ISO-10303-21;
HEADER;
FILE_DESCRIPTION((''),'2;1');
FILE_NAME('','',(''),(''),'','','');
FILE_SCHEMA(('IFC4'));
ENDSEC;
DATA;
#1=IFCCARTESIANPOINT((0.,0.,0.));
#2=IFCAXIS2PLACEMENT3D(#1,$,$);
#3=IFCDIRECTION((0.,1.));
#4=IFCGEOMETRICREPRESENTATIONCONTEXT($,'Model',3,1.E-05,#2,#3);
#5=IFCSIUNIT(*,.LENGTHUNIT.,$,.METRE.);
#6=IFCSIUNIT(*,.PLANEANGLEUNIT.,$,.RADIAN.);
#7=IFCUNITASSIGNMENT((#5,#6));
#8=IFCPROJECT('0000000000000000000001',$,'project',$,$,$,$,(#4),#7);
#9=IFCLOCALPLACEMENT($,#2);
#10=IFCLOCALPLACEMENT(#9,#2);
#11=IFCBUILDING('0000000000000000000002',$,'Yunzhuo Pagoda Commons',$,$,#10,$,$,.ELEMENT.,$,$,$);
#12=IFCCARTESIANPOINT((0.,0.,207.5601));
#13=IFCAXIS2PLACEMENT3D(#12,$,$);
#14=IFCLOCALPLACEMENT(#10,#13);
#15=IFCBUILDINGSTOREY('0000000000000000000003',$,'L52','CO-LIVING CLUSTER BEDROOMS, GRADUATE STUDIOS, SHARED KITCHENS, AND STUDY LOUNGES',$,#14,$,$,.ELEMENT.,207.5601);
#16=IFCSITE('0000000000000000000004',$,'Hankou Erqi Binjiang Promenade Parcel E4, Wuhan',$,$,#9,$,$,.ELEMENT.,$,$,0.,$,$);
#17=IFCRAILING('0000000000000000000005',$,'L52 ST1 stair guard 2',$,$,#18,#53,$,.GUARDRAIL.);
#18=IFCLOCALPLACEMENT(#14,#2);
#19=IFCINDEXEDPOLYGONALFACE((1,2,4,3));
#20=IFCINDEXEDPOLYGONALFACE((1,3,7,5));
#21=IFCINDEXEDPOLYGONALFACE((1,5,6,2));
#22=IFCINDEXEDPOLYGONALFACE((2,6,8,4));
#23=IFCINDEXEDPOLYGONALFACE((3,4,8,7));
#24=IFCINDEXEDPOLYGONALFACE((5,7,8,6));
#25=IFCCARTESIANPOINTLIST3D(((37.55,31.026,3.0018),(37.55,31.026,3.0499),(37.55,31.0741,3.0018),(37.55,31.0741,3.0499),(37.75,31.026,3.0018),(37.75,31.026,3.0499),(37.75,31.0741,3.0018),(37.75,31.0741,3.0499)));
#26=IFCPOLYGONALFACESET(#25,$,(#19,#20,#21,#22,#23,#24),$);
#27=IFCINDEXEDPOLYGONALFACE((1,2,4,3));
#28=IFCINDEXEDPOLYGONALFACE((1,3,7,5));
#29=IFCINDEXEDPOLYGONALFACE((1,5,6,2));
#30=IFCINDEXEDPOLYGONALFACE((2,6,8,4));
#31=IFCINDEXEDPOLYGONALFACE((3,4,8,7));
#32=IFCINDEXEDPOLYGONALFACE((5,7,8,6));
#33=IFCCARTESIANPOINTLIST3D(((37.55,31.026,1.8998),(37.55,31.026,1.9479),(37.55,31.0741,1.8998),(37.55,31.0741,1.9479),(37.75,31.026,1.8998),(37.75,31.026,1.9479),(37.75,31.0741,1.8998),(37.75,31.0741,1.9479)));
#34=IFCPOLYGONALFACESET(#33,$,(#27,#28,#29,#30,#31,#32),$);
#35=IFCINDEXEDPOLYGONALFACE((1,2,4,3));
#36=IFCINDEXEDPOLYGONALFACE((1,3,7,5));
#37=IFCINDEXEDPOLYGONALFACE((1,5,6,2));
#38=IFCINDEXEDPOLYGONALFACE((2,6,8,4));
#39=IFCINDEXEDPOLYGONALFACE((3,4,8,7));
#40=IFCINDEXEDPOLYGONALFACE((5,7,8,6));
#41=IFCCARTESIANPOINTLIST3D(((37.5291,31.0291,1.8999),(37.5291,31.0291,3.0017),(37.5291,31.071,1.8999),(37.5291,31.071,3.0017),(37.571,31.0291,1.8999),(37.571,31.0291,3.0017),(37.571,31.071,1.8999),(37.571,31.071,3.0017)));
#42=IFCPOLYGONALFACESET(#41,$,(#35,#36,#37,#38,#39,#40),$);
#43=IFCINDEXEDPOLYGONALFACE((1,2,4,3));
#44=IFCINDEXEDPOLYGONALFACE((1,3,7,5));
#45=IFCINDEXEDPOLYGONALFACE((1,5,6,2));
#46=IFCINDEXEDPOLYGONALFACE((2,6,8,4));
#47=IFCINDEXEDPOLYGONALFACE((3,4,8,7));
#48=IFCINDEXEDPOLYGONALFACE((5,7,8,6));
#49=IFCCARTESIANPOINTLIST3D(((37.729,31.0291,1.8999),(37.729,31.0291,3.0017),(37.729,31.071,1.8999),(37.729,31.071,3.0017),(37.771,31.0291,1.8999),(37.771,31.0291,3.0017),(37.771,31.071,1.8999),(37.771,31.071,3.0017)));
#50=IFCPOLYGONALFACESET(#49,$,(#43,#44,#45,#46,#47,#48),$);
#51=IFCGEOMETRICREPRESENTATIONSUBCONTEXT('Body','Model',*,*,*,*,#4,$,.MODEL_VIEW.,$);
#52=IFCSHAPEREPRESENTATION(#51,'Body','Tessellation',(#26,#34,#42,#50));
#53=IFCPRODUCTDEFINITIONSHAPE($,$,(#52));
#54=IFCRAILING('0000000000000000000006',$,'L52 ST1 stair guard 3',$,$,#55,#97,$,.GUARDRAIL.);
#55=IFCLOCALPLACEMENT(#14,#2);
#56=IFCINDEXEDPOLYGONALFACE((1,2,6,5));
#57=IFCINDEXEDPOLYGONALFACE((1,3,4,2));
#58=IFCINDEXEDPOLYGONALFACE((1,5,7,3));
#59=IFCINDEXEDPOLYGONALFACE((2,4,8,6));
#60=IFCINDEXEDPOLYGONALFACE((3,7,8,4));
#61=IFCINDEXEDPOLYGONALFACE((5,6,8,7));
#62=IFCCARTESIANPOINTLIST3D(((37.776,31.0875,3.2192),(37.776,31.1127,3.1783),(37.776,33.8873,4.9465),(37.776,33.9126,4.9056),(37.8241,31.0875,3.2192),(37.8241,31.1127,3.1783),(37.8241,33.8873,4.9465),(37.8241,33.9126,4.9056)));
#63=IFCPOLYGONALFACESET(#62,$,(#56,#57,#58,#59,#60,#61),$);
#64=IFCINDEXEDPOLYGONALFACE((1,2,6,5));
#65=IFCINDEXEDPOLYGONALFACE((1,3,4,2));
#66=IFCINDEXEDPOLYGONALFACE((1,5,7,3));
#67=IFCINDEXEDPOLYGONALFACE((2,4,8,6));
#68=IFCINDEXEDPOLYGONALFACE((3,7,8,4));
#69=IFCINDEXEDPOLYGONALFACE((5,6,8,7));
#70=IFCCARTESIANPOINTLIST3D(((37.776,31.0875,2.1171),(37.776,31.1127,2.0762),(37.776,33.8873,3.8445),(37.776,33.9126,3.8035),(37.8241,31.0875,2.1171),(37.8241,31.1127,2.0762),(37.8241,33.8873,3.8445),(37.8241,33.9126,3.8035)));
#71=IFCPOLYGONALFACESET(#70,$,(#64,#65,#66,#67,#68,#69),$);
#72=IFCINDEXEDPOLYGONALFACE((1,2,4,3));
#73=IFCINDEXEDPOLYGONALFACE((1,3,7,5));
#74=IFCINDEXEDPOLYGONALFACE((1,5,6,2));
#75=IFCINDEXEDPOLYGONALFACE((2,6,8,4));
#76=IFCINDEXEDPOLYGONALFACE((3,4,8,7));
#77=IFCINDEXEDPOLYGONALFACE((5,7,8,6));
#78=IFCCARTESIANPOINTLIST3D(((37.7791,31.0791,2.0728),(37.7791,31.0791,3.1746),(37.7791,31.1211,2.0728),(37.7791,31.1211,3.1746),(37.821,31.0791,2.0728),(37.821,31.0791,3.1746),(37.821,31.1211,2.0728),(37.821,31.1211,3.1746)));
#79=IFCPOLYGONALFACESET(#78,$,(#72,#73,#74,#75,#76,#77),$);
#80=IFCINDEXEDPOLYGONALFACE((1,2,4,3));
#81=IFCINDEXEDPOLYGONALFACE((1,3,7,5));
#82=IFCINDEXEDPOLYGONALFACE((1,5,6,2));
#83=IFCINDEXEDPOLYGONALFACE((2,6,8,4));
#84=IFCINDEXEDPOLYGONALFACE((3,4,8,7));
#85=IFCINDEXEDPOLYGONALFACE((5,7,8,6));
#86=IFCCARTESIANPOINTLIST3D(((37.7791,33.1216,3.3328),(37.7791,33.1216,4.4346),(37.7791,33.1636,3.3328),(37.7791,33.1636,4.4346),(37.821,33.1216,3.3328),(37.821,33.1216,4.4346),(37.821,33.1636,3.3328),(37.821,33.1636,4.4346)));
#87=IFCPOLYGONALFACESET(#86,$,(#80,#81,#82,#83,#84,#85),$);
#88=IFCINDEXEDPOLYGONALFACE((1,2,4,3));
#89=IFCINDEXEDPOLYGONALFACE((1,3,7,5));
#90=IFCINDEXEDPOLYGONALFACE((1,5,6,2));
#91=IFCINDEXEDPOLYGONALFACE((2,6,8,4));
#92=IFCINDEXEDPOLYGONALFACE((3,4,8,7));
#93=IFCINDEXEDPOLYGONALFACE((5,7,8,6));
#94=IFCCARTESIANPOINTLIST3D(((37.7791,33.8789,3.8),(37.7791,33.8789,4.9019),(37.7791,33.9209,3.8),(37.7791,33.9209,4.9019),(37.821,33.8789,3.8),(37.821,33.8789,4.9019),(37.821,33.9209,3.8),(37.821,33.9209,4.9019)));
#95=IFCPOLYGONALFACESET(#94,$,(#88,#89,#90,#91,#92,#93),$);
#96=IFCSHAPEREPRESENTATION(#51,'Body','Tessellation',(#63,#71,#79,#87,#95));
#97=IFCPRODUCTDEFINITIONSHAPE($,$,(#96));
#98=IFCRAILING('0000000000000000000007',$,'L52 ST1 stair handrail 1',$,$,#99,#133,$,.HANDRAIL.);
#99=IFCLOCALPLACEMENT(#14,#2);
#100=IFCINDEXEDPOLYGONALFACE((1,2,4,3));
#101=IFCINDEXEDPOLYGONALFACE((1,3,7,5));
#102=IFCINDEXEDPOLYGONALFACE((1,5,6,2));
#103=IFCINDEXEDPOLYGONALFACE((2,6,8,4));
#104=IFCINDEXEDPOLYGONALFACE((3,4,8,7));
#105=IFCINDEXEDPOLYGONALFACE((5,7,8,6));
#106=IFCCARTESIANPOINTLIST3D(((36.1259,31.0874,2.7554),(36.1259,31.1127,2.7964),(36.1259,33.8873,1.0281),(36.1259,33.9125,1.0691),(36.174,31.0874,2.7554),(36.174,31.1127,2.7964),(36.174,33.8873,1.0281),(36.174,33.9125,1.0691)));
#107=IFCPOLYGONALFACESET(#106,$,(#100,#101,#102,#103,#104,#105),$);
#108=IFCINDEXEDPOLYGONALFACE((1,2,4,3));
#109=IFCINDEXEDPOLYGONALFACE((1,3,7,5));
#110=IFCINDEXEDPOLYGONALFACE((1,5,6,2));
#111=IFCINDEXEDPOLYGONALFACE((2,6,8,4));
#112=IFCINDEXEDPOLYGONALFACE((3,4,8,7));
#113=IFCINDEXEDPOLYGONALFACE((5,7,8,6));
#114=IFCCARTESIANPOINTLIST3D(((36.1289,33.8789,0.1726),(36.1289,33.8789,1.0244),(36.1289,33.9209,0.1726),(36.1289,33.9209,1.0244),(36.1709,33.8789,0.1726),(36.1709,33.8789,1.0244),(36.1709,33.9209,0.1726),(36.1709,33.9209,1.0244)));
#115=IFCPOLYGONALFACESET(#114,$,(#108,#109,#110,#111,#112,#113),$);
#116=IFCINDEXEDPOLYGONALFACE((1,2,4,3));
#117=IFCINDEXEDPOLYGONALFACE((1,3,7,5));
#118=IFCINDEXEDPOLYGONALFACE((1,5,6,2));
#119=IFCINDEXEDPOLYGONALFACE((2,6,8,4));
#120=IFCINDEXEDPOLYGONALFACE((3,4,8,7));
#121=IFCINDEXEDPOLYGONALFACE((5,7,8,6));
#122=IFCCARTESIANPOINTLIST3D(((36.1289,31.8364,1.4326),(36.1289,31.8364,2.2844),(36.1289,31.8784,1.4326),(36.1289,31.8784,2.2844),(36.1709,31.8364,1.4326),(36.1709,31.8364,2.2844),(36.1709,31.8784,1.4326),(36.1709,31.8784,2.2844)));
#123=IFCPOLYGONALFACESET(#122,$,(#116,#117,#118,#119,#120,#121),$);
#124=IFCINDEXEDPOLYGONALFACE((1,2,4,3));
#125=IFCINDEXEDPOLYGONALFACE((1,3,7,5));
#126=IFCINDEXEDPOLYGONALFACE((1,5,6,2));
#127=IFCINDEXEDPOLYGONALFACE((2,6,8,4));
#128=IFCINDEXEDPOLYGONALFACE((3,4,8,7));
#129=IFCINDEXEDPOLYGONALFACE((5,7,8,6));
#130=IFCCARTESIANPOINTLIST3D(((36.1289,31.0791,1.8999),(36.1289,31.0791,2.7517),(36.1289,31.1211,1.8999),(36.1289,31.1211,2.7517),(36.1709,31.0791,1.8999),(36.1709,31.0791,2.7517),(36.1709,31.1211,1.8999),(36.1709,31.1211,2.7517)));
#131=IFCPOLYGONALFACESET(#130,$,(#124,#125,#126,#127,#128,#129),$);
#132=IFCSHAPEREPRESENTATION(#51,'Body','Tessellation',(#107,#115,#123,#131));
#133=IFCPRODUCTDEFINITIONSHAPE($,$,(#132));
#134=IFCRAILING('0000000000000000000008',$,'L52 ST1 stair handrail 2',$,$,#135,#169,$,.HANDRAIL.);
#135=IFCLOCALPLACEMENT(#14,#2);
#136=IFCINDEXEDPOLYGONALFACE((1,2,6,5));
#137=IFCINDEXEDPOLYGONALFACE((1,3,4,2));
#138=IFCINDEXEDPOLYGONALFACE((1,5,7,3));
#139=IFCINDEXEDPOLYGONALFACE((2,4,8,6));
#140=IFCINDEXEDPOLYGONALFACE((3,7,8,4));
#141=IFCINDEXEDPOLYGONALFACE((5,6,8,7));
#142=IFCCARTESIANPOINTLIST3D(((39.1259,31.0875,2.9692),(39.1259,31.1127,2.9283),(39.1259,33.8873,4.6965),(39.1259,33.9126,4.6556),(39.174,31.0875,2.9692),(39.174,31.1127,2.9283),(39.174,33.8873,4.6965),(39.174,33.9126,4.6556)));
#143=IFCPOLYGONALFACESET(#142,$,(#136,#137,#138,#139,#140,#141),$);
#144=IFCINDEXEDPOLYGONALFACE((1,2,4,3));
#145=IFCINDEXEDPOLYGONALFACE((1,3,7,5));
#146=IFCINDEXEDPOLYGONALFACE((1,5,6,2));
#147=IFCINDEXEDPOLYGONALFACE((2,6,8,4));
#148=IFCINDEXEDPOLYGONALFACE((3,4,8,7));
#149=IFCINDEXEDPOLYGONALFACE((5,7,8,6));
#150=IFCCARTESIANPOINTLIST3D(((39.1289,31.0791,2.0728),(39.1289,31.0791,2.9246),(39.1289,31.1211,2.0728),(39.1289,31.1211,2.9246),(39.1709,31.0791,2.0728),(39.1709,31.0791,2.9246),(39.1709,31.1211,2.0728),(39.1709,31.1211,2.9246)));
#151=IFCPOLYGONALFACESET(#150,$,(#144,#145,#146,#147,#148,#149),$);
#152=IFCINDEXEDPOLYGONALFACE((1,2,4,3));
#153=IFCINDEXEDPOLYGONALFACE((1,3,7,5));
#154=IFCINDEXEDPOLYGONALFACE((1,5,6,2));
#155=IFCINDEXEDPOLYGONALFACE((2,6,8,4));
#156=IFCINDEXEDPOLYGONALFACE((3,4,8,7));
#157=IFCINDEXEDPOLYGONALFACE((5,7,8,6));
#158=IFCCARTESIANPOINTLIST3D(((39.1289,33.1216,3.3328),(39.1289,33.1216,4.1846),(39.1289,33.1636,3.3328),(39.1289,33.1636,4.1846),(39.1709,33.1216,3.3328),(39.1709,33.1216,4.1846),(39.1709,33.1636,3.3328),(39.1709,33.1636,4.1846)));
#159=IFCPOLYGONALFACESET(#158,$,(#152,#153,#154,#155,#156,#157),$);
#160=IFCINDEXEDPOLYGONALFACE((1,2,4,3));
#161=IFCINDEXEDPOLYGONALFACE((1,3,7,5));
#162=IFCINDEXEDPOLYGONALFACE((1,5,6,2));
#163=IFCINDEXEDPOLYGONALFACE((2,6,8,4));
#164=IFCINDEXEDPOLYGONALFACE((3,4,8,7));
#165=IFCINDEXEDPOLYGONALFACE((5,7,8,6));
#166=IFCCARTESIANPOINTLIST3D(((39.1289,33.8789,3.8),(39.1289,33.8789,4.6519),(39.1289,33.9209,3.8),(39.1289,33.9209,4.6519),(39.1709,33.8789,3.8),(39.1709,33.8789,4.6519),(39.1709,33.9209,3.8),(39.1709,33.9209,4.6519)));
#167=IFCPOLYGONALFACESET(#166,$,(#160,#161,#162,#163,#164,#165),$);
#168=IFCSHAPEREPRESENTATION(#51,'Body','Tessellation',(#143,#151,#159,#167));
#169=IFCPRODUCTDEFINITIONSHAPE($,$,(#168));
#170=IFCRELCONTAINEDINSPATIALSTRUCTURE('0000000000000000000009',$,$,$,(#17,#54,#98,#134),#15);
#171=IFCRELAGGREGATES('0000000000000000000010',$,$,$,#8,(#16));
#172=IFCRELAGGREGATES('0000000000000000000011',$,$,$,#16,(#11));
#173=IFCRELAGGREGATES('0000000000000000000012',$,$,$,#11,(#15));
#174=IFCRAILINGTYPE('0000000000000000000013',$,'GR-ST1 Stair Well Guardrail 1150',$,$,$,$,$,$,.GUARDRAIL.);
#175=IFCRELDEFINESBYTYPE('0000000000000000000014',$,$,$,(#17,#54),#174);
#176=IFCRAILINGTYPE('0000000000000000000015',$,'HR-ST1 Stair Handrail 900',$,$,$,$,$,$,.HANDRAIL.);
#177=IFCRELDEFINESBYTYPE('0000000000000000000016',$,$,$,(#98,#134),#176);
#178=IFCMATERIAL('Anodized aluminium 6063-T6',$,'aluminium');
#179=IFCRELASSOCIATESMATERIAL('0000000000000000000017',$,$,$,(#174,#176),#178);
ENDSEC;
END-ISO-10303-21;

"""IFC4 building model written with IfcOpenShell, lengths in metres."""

from ifc_helpers import new_model, si_unit, direction, frame, origin, origin_2d, place, context, subcontext, project, spatial, rectangle, extrude, material, type_object, element, save


model = new_model("IFC4")

# Units and contexts
model_context = context("Model", 3, precision=1e-05, world=origin(), true_north=direction((0.0, 1.0)))
body_context = subcontext(model_context, "Body", "Model", "MODEL_VIEW")
ifc_project = project(units=[si_unit("LENGTHUNIT", "METRE"), si_unit("PLANEANGLEUNIT", "RADIAN")], contexts=[model_context])

# Site, building, storey
site_placement = place(None, origin())
site = spatial("IfcSite", under=ifc_project, at=site_placement, Name="Hankou Erqi Binjiang Promenade Parcel E4, Wuhan", CompositionType="ELEMENT", RefElevation=0.0)
building_placement = place(site_placement, origin())
building = spatial("IfcBuilding", under=site, at=building_placement, Name="Yunzhuo Pagoda Commons", CompositionType="ELEMENT")
storey_placement = place(building_placement, frame((0.0, 0.0, 207.5601)))
storey = spatial("IfcBuildingStorey", under=building, at=storey_placement, Name="L52", Description="CO-LIVING CLUSTER BEDROOMS, GRADUATE STUDIOS, SHARED KITCHENS, AND STUDY LOUNGES", CompositionType="ELEMENT", Elevation=207.5601)

# Railings
ifc_material_1 = material(Name="Anodized aluminium 6063-T6", Category="aluminium")
railing_type_1 = type_object("IfcRailingType", Name="GR-ST1 Stair Well Guardrail 1150", PredefinedType="GUARDRAIL", material=ifc_material_1)
railing_1_placement = place(storey_placement, frame((37.55, 31.05, 1.8999)))
element("IfcRailing", 1, at=railing_1_placement, inside=storey, type_object=railing_type_1, Name="L52 ST1 stair guard 2", PredefinedType="GUARDRAIL", context=body_context, shape_type="SweptSolid", body=[
    extrude(rectangle(XDim=0.0481, YDim=0.0481, at=origin_2d()), frame((0.0, 0.0, 1.126), z_axis=(1.0, 0.0, 0.0), x_axis=(0.0, 1.0, 0.0)), (0.0, 0.0, 1.0), 0.2),
    extrude(rectangle(XDim=0.0481, YDim=0.0481, at=origin_2d()), frame((0.0, 0.0, 0.0239), z_axis=(1.0, 0.0, 0.0), x_axis=(0.0, 1.0, 0.0)), (0.0, 0.0, 1.0), 0.2),
    extrude(rectangle(XDim=0.042, YDim=0.042, at=origin_2d()), origin(), (0.0, 0.0, 1.0), 1.1018),
    extrude(rectangle(XDim=0.042, YDim=0.042, at=origin_2d()), frame((0.2, 0.0, 0.0)), (0.0, 0.0, 1.0), 1.1018),
])
railing_2_placement = place(storey_placement, frame((37.8, 31.1001, 2.0728)))
element("IfcRailing", 2, at=railing_2_placement, inside=storey, type_object=railing_type_1, Name="L52 ST1 stair guard 3", PredefinedType="GUARDRAIL", context=body_context, shape_type="SweptSolid", body=[
    extrude(rectangle(XDim=0.0481, YDim=0.0481, at=origin_2d()), frame((0.0, 0.0, 1.126), z_axis=(0.0, 0.851069, 0.525054), x_axis=(-1.0, 0.0, 0.0)), (0.0, 0.0, 1.0), 3.2898),
    extrude(rectangle(XDim=0.0481, YDim=0.0481, at=origin_2d()), frame((0.0, 0.0, 0.0239), z_axis=(0.0, 0.851069, 0.525054), x_axis=(-1.0, 0.0, 0.0)), (0.0, 0.0, 1.0), 3.2898),
    extrude(rectangle(XDim=0.042, YDim=0.042, at=origin_2d()), origin(), (0.0, 0.0, 1.0), 1.1018),
    extrude(rectangle(XDim=0.042, YDim=0.042, at=origin_2d()), frame((0.0, 2.0425, 1.26)), (0.0, 0.0, 1.0), 1.1018),
    extrude(rectangle(XDim=0.042, YDim=0.042, at=origin_2d()), frame((0.0, 2.7998, 1.7273)), (0.0, 0.0, 1.0), 1.1018),
])
railing_type_2 = type_object("IfcRailingType", Name="HR-ST1 Stair Handrail 900", PredefinedType="HANDRAIL", material=ifc_material_1)
railing_3_placement = place(storey_placement, frame((36.1499, 33.8999, 0.1726)))
element("IfcRailing", 3, at=railing_3_placement, inside=storey, type_object=railing_type_2, Name="L52 ST1 stair handrail 1", PredefinedType="HANDRAIL", context=body_context, shape_type="SweptSolid", body=[
    extrude(rectangle(XDim=0.0481, YDim=0.0481, at=origin_2d()), frame((0.0, 0.0, 0.876), z_axis=(0.0, -0.851069, 0.525054), x_axis=(1.0, 0.0, 0.0)), (0.0, 0.0, 1.0), 3.2898),
    extrude(rectangle(XDim=0.042, YDim=0.042, at=origin_2d()), origin(), (0.0, 0.0, 1.0), 0.8518),
    extrude(rectangle(XDim=0.042, YDim=0.042, at=origin_2d()), frame((0.0, -2.0425, 1.26)), (0.0, 0.0, 1.0), 0.8518),
    extrude(rectangle(XDim=0.042, YDim=0.042, at=origin_2d()), frame((0.0, -2.7998, 1.7273)), (0.0, 0.0, 1.0), 0.8518),
])
railing_4_placement = place(storey_placement, frame((39.1499, 31.1001, 2.0728)))
element("IfcRailing", 4, at=railing_4_placement, inside=storey, type_object=railing_type_2, Name="L52 ST1 stair handrail 2", PredefinedType="HANDRAIL", context=body_context, shape_type="SweptSolid", body=[
    extrude(rectangle(XDim=0.0481, YDim=0.0481, at=origin_2d()), frame((0.0, 0.0, 0.876), z_axis=(0.0, 0.851069, 0.525054), x_axis=(-1.0, 0.0, 0.0)), (0.0, 0.0, 1.0), 3.2898),
    extrude(rectangle(XDim=0.042, YDim=0.042, at=origin_2d()), origin(), (0.0, 0.0, 1.0), 0.8518),
    extrude(rectangle(XDim=0.042, YDim=0.042, at=origin_2d()), frame((0.0, 2.0425, 1.26)), (0.0, 0.0, 1.0), 0.8518),
    extrude(rectangle(XDim=0.042, YDim=0.042, at=origin_2d()), frame((0.0, 2.7998, 1.7273)), (0.0, 0.0, 1.0), 0.8518),
])

save(model, "model.ifc")
